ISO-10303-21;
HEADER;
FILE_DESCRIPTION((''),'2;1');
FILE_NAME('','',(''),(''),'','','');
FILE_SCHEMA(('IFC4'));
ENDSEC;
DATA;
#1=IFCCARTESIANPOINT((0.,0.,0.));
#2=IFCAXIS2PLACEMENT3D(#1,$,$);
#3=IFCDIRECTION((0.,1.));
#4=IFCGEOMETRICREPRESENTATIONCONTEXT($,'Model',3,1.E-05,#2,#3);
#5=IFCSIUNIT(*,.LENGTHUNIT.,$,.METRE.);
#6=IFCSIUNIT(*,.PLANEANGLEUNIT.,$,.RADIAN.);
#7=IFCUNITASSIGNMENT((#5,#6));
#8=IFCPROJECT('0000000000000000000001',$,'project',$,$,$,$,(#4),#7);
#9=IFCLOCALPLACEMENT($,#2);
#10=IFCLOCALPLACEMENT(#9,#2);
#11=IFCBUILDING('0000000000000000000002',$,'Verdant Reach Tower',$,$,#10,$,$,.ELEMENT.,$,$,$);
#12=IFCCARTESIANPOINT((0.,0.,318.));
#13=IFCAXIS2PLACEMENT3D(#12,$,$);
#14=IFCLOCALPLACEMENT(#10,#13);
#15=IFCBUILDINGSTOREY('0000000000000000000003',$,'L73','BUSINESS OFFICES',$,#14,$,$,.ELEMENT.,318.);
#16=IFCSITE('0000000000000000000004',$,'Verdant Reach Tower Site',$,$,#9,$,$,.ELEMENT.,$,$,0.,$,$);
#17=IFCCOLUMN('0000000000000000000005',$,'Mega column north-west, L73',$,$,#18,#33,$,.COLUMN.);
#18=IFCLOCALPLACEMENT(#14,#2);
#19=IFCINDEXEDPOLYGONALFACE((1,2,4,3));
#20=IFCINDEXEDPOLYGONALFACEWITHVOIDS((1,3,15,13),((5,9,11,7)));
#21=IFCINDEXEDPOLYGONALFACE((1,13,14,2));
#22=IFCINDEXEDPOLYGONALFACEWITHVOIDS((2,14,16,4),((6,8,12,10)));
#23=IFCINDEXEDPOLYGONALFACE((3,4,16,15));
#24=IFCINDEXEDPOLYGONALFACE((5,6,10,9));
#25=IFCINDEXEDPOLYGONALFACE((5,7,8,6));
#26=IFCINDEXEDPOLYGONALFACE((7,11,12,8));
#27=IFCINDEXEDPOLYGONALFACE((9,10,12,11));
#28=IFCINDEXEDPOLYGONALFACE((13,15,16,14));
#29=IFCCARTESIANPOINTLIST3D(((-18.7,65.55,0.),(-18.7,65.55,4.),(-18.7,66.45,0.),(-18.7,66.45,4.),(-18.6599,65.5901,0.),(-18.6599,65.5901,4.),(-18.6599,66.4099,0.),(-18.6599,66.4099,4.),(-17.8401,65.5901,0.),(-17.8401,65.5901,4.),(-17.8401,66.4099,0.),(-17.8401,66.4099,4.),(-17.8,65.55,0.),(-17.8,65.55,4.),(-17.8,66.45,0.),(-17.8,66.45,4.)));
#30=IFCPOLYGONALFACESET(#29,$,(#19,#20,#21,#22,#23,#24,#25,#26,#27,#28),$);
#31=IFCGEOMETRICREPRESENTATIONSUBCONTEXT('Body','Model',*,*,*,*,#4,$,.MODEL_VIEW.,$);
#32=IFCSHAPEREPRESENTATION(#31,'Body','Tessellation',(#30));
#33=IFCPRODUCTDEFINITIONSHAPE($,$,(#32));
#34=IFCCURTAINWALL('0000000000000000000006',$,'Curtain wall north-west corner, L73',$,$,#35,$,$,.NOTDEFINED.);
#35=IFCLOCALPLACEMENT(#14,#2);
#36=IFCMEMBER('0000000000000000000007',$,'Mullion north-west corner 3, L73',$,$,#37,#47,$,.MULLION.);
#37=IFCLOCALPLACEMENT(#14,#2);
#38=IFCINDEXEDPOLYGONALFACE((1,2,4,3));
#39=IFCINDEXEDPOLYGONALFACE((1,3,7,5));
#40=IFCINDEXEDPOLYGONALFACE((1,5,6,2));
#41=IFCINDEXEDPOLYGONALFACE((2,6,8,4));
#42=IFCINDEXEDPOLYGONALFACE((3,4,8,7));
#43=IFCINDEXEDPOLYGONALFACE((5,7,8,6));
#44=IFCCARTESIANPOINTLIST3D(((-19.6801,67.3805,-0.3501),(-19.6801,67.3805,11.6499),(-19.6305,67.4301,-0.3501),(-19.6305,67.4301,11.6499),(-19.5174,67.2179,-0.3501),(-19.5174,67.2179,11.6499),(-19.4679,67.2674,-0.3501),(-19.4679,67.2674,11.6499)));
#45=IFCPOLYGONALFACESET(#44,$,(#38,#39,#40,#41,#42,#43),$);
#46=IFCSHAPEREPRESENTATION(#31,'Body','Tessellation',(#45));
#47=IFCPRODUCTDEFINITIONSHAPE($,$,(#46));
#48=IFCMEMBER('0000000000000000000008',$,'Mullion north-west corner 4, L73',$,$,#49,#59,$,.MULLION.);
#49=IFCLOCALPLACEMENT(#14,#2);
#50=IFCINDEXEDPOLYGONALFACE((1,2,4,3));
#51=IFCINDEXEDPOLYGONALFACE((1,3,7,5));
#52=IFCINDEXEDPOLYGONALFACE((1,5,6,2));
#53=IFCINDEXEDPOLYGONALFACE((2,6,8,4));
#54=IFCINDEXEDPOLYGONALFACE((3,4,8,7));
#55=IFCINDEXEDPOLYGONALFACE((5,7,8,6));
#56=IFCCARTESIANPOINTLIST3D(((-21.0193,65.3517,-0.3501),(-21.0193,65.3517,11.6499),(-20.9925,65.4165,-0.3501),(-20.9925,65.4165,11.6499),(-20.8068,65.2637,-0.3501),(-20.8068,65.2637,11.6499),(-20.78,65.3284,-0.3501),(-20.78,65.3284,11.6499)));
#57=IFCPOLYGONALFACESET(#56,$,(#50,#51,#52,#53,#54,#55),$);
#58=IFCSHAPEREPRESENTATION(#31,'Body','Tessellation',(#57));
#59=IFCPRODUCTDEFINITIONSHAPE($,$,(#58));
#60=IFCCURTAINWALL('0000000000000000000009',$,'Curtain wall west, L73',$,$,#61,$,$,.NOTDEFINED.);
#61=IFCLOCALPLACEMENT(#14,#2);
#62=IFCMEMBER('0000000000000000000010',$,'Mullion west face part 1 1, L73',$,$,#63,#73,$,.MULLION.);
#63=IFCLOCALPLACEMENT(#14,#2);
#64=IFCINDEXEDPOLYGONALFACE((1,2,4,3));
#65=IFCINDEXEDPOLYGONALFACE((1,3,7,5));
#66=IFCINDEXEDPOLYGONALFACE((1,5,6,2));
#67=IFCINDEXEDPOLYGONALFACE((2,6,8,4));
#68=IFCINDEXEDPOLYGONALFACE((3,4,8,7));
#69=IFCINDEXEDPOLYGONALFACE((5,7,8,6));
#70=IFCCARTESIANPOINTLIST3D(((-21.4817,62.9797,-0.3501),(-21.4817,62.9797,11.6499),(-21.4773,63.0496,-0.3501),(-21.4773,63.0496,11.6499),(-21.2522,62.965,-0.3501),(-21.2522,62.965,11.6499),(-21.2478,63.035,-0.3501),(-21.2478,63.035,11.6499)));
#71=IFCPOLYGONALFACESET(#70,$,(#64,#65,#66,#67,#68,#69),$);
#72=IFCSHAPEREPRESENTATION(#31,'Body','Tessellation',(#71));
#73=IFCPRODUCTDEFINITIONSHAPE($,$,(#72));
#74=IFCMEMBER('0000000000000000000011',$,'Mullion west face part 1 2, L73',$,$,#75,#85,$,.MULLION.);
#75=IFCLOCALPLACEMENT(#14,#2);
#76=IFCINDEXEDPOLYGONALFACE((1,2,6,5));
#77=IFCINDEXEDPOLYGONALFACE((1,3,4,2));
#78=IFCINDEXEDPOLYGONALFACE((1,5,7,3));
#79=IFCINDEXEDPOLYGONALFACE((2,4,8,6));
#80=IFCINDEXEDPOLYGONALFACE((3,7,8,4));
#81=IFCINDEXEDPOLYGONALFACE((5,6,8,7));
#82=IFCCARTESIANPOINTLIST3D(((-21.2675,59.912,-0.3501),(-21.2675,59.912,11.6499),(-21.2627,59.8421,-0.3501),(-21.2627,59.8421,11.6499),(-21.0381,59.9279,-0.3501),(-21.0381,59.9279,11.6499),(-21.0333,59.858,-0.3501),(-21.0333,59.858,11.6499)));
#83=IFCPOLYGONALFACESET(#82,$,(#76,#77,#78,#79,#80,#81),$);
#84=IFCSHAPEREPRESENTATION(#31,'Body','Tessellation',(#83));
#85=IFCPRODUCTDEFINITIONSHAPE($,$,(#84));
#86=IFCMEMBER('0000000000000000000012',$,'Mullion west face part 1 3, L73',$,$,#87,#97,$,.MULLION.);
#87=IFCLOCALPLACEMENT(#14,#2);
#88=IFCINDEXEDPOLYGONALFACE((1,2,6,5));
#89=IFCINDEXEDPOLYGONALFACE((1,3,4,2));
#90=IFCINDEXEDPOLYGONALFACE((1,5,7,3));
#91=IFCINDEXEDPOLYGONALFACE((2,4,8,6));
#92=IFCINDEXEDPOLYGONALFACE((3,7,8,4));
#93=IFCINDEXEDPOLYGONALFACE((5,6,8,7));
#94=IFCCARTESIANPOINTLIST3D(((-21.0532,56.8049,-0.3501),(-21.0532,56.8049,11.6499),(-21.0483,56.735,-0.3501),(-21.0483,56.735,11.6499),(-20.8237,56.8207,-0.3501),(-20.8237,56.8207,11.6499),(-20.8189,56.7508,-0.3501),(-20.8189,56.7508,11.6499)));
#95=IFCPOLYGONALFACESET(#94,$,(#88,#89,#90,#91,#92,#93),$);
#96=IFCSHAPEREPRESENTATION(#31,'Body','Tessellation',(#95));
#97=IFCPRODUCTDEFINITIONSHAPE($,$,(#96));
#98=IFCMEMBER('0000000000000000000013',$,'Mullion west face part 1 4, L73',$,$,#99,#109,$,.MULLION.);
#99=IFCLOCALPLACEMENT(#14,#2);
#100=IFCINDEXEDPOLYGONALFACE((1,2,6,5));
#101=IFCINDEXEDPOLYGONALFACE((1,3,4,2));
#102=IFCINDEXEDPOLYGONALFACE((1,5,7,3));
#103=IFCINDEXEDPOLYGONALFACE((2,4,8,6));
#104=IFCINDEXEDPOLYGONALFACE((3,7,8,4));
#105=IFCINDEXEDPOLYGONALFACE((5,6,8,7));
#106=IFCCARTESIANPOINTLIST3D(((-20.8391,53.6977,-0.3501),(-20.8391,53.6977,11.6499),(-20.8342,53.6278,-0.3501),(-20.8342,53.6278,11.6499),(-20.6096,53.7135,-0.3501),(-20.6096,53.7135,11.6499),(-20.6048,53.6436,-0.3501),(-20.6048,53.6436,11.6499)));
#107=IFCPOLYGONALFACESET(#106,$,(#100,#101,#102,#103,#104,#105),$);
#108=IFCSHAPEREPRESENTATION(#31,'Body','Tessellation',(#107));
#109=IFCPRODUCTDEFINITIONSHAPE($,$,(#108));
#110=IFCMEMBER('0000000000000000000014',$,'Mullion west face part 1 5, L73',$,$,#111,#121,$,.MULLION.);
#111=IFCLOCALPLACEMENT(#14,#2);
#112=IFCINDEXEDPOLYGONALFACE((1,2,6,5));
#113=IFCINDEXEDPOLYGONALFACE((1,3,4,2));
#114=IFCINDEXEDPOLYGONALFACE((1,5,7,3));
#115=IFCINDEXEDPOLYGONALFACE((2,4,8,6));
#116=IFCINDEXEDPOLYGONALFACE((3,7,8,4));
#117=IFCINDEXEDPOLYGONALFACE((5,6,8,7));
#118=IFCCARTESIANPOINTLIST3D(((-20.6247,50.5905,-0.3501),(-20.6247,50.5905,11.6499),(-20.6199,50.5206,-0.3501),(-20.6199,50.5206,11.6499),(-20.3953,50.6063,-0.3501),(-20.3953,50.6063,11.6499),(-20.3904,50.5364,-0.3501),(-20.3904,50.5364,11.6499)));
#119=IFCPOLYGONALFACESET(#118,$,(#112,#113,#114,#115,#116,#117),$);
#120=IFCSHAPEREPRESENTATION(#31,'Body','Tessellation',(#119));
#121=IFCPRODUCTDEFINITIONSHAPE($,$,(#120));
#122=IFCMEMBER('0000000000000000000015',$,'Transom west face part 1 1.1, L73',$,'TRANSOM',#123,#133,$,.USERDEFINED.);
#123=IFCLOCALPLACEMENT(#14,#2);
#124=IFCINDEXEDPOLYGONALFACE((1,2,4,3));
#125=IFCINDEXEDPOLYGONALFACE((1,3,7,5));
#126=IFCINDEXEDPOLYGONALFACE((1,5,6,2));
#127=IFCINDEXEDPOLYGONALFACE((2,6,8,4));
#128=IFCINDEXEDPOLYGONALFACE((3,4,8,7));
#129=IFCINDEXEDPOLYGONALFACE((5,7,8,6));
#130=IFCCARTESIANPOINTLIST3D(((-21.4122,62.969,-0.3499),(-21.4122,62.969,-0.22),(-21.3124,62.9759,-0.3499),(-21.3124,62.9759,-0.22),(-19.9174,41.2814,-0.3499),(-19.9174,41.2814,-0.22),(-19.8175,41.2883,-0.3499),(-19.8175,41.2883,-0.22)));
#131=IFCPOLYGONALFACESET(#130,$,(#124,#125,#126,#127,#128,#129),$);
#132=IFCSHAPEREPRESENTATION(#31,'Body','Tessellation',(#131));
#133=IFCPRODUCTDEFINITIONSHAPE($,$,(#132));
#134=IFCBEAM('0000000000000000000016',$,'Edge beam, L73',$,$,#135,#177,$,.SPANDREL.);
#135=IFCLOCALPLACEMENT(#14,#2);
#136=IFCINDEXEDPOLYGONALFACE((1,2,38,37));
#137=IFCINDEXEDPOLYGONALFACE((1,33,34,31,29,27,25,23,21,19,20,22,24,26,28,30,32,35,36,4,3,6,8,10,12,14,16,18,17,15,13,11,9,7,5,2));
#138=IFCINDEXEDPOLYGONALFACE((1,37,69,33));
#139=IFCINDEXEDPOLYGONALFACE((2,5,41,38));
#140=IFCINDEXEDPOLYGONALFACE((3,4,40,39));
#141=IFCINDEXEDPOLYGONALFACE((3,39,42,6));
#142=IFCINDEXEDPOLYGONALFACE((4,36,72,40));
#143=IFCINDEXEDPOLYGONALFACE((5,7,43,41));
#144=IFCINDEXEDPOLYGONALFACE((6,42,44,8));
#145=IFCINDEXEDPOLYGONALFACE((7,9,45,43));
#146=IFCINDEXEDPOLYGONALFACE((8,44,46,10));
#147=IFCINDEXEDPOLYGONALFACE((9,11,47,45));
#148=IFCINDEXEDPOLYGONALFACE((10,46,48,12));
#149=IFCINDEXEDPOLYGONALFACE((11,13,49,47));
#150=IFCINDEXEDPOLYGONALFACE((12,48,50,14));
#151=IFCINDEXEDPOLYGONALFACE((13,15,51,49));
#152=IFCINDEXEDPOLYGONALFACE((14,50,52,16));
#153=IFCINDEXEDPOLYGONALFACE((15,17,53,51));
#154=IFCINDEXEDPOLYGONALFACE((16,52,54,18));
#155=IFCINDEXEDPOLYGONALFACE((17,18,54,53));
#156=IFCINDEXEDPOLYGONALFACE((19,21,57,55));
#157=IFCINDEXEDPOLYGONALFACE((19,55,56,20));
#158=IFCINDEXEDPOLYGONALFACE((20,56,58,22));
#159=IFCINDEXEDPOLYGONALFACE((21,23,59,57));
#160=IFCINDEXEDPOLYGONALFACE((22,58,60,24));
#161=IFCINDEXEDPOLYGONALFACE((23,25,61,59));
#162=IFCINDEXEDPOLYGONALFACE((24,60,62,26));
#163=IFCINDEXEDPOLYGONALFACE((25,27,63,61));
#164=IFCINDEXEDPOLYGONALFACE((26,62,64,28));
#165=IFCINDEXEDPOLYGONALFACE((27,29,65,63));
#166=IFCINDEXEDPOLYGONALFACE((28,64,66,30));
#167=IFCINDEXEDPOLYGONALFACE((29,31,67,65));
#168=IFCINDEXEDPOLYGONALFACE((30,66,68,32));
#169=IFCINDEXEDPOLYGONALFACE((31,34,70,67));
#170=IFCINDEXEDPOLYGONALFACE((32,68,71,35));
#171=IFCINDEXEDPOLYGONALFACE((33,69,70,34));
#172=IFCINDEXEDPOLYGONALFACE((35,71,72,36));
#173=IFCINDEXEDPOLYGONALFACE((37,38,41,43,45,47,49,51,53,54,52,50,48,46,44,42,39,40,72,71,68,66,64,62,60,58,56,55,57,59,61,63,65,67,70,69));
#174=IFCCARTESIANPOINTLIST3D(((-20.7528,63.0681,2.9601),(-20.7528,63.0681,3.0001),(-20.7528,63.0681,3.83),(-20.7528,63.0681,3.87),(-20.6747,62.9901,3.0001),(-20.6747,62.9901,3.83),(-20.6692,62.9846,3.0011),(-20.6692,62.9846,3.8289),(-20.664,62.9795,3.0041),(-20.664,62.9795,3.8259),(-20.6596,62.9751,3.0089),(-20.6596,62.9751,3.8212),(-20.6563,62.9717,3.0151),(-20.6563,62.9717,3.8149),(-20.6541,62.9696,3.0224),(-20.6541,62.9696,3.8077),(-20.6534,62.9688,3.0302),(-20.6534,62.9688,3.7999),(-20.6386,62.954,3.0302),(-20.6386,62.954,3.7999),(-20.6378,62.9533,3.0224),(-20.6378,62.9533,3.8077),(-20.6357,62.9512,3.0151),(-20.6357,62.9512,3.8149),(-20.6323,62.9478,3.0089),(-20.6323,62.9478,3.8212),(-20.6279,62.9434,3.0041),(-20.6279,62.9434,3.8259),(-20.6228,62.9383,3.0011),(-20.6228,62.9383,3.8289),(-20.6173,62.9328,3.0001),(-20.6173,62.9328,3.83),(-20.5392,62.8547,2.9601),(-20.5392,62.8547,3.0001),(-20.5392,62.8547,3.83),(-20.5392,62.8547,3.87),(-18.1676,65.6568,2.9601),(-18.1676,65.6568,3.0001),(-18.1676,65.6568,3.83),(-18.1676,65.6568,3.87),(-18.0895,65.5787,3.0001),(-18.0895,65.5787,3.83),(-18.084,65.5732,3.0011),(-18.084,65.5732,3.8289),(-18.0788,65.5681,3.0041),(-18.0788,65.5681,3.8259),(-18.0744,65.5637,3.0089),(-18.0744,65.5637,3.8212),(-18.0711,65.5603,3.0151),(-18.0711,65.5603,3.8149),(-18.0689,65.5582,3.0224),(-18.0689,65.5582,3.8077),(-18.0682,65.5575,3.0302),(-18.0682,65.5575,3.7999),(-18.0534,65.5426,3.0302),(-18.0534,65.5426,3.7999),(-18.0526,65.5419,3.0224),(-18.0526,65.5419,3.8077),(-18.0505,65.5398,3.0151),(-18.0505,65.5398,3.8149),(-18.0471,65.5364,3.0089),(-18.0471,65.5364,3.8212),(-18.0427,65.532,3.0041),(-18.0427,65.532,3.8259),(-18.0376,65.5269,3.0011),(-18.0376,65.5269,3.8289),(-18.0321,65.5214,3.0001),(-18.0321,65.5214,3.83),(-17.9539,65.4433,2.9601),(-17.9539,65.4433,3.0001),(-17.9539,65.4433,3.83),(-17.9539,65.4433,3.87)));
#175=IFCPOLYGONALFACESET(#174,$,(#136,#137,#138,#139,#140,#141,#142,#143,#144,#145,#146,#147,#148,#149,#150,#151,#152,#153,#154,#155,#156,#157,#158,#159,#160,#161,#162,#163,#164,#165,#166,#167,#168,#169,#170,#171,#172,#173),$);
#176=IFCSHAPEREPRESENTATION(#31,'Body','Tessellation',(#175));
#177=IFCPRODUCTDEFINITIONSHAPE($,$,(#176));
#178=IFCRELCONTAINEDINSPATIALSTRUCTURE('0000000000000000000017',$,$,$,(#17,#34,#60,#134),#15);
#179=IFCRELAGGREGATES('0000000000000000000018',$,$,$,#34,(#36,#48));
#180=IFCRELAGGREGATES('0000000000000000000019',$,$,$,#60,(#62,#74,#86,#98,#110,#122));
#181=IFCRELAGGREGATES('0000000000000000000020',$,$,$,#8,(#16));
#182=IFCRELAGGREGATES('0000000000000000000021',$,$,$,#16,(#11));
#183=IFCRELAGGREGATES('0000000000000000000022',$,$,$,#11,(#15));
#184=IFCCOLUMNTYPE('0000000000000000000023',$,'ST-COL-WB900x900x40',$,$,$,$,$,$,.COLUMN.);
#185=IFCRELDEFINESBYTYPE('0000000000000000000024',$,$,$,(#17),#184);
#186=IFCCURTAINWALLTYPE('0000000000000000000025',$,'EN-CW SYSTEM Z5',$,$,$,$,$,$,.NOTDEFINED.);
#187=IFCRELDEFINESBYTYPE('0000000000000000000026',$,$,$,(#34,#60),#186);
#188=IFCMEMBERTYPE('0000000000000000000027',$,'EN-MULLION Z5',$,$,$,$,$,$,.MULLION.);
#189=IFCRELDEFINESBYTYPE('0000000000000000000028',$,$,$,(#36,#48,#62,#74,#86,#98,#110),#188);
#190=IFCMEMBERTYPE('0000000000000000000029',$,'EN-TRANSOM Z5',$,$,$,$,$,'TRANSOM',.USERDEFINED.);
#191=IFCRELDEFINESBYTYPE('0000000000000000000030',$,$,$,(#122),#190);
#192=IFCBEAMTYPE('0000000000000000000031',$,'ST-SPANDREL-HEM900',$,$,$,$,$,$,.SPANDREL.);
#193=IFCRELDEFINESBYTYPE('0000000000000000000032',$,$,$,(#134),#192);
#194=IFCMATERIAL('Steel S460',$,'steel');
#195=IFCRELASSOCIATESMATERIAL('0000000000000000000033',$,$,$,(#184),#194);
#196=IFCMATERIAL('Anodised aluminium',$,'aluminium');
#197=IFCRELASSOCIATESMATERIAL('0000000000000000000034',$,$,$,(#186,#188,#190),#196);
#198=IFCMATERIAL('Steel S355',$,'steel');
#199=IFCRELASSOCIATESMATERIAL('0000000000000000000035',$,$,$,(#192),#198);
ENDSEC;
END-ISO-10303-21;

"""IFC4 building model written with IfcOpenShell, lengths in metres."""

from ifc_helpers import new_model, si_unit, direction, frame, origin, origin_2d, place, context, subcontext, project, spatial, rectangle, hollow_rectangle, i_section, extrude, material, material_profile, profile_set, type_object, element, aggregate, save


model = new_model("IFC4")

# Units and contexts
model_context = context("Model", 3, precision=1e-05, world=origin(), true_north=direction((0.0, 1.0)))
body_context = subcontext(model_context, "Body", "Model", "MODEL_VIEW")
ifc_project = project(units=[si_unit("LENGTHUNIT", "METRE"), si_unit("PLANEANGLEUNIT", "RADIAN")], contexts=[model_context])

# Site, building, storey
site_placement = place(None, origin())
site = spatial("IfcSite", under=ifc_project, at=site_placement, Name="Verdant Reach Tower Site", CompositionType="ELEMENT", RefElevation=0.0)
building_placement = place(site_placement, origin())
building = spatial("IfcBuilding", under=site, at=building_placement, Name="Verdant Reach Tower", CompositionType="ELEMENT")
storey_placement = place(building_placement, frame((0.0, 0.0, 318.0)))
storey = spatial("IfcBuildingStorey", under=building, at=storey_placement, Name="L73", Description="BUSINESS OFFICES", CompositionType="ELEMENT", Elevation=318.0)

# Column
ifc_material_1 = material(Name="Steel S460", Category="steel")
ifc_material_profile_1 = material_profile(ifc_material_1, hollow_rectangle(XDim=0.8999, YDim=0.8999, WallThickness=0.04, at=origin_2d()), Name="WB 900x900x40")
ifc_profile_set_1 = profile_set([ifc_material_profile_1], Name="Steel S460")
column_type = type_object("IfcColumnType", Name="ST-COL-WB900x900x40", PredefinedType="COLUMN", material=ifc_profile_set_1)
column_placement = place(storey_placement, frame((-18.25, 66.0, 0.0), z_axis=(0.0, 0.0, 1.0), x_axis=(1.0, 0.0, 0.0)))
element("IfcColumn", 1, at=column_placement, inside=storey, type_object=column_type, Name="Mega column north-west, L73", PredefinedType="COLUMN", context=body_context, shape_type="SweptSolid", body=[
    extrude(hollow_rectangle(XDim=0.8999, YDim=0.8999, WallThickness=0.04, at=origin_2d()), origin(), (0.0, 0.0, 1.0), 4.0),
])

# Curtain walls, members
ifc_material_2 = material(Name="Anodised aluminium", Category="aluminium")
curtain_wall_type = type_object("IfcCurtainWallType", Name="EN-CW SYSTEM Z5", PredefinedType="NOTDEFINED", material=ifc_material_2)
curtain_wall_1_placement = place(storey_placement, origin())
curtain_wall_1 = element("IfcCurtainWall", 2, at=curtain_wall_1_placement, inside=storey, type_object=curtain_wall_type, Name="Curtain wall north-west corner, L73", PredefinedType="NOTDEFINED")
ifc_material_profile_2 = material_profile(ifc_material_2, rectangle(XDim=0.23, YDim=0.0701, at=origin_2d()), Name="Mullion 70x230")
ifc_profile_set_2 = profile_set([ifc_material_profile_2], Name="Anodised aluminium")
member_type_1 = type_object("IfcMemberType", Name="EN-MULLION Z5", PredefinedType="MULLION", material=ifc_profile_set_2)
member_1_placement = place(storey_placement, frame((-19.574, 67.324, -0.3501), z_axis=(0.0, 0.0, 1.0), x_axis=(-0.707107, 0.707107, 0.0)))
member_1 = element("IfcMember", 3, at=member_1_placement, type_object=member_type_1, Name="Mullion north-west corner 3, L73", PredefinedType="MULLION", context=body_context, shape_type="SweptSolid", body=[
    extrude(rectangle(XDim=0.23, YDim=0.0701, at=origin_2d()), origin(), (0.0, 0.0, 1.0), 12.0),
])
member_2_placement = place(storey_placement, frame((-20.8997, 65.3401, -0.3501), z_axis=(0.0, 0.0, 1.0), x_axis=(-0.923875, 0.382694, 0.0)))
member_2 = element("IfcMember", 4, at=member_2_placement, type_object=member_type_1, Name="Mullion north-west corner 4, L73", PredefinedType="MULLION", context=body_context, shape_type="SweptSolid", body=[
    extrude(rectangle(XDim=0.23, YDim=0.0701, at=origin_2d()), origin(), (0.0, 0.0, 1.0), 12.0),
])
curtain_wall_2_placement = place(storey_placement, origin())
curtain_wall_2 = element("IfcCurtainWall", 5, at=curtain_wall_2_placement, inside=storey, type_object=curtain_wall_type, Name="Curtain wall west, L73", PredefinedType="NOTDEFINED")
member_3_placement = place(storey_placement, frame((-21.3647, 63.0073, -0.3501), z_axis=(0.0, 0.0, 1.0), x_axis=(-0.997969, 0.063699, 0.0)))
member_3 = element("IfcMember", 6, at=member_3_placement, type_object=member_type_1, Name="Mullion west face part 1 1, L73", PredefinedType="MULLION", context=body_context, shape_type="SweptSolid", body=[
    extrude(rectangle(XDim=0.23, YDim=0.0701, at=origin_2d()), origin(), (0.0, 0.0, 1.0), 12.0),
])
member_4_placement = place(storey_placement, frame((-21.1504, 59.885, -0.3501), z_axis=(0.0, 0.0, 1.0), x_axis=(-0.99763, -0.068802, 0.0)))
member_4 = element("IfcMember", 7, at=member_4_placement, type_object=member_type_1, Name="Mullion west face part 1 2, L73", PredefinedType="MULLION", context=body_context, shape_type="SweptSolid", body=[
    extrude(rectangle(XDim=0.23, YDim=0.0701, at=origin_2d()), origin(), (0.0, 0.0, 1.0), 12.0),
])
member_5_placement = place(storey_placement, frame((-20.936, 56.7778, -0.3501), z_axis=(0.0, 0.0, 1.0), x_axis=(-0.99763, -0.068802, 0.0)))
member_5 = element("IfcMember", 8, at=member_5_placement, type_object=member_type_1, Name="Mullion west face part 1 3, L73", PredefinedType="MULLION", context=body_context, shape_type="SweptSolid", body=[
    extrude(rectangle(XDim=0.23, YDim=0.0701, at=origin_2d()), origin(), (0.0, 0.0, 1.0), 12.0),
])
member_6_placement = place(storey_placement, frame((-20.7219, 53.6707, -0.3501), z_axis=(0.0, 0.0, 1.0), x_axis=(-0.99763, -0.068802, 0.0)))
member_6 = element("IfcMember", 9, at=member_6_placement, type_object=member_type_1, Name="Mullion west face part 1 4, L73", PredefinedType="MULLION", context=body_context, shape_type="SweptSolid", body=[
    extrude(rectangle(XDim=0.23, YDim=0.0701, at=origin_2d()), origin(), (0.0, 0.0, 1.0), 12.0),
])
member_7_placement = place(storey_placement, frame((-20.5076, 50.5635, -0.3501), z_axis=(0.0, 0.0, 1.0), x_axis=(-0.99763, -0.068802, 0.0)))
member_7 = element("IfcMember", 10, at=member_7_placement, type_object=member_type_1, Name="Mullion west face part 1 5, L73", PredefinedType="MULLION", context=body_context, shape_type="SweptSolid", body=[
    extrude(rectangle(XDim=0.23, YDim=0.0701, at=origin_2d()), origin(), (0.0, 0.0, 1.0), 12.0),
])
ifc_material_profile_3 = material_profile(ifc_material_2, rectangle(XDim=0.1001, YDim=0.1299, at=origin_2d()), Name="Transom 130x100")
ifc_profile_set_3 = profile_set([ifc_material_profile_3], Name="Anodised aluminium")
member_type_2 = type_object("IfcMemberType", Name="EN-TRANSOM Z5", ElementType="TRANSOM", PredefinedType="USERDEFINED", material=ifc_profile_set_3)
member_8_placement = place(storey_placement, frame((-21.3623, 62.9724, -0.2849), z_axis=(0.068765, -0.997633, 0.0), x_axis=(0.997633, 0.068765, 0.0)))
member_8 = element("IfcMember", 11, at=member_8_placement, type_object=member_type_2, Name="Transom west face part 1 1.1, L73", ObjectType="TRANSOM", PredefinedType="USERDEFINED", context=body_context, shape_type="SweptSolid", body=[
    extrude(rectangle(XDim=0.1001, YDim=0.1299, at=origin_2d()), origin(), (0.0, 0.0, 1.0), 21.739),
])

# Beam
ifc_material_3 = material(Name="Steel S355", Category="steel")
ifc_material_profile_4 = material_profile(ifc_material_3, i_section(OverallWidth=0.302, OverallDepth=0.9099, WebThickness=0.021, FlangeThickness=0.04, FilletRadius=0.03, at=origin_2d()), Name="HEM 900")
ifc_profile_set_4 = profile_set([ifc_material_profile_4], Name="Steel S355")
beam_type = type_object("IfcBeamType", Name="ST-SPANDREL-HEM900", PredefinedType="SPANDREL", material=ifc_profile_set_4)
beam_1_placement = place(storey_placement, frame((-20.646, 62.9614, 3.415), z_axis=(0.706639, 0.707574, 0.0), x_axis=(-0.707574, 0.706639, 0.0)))
element("IfcBeam", 12, at=beam_1_placement, inside=storey, type_object=beam_type, Name="Edge beam, L73", PredefinedType="SPANDREL", context=body_context, shape_type="SweptSolid", body=[
    extrude(i_section(OverallWidth=0.302, OverallDepth=0.9099, WebThickness=0.021, FlangeThickness=0.04, FilletRadius=0.03, at=origin_2d()), origin(), (0.0, 0.0, 1.0), 3.6584),
])

aggregate(curtain_wall_1, [member_1, member_2])
aggregate(curtain_wall_2, [member_3, member_4, member_5, member_6, member_7, member_8])

save(model, "model.ifc")
